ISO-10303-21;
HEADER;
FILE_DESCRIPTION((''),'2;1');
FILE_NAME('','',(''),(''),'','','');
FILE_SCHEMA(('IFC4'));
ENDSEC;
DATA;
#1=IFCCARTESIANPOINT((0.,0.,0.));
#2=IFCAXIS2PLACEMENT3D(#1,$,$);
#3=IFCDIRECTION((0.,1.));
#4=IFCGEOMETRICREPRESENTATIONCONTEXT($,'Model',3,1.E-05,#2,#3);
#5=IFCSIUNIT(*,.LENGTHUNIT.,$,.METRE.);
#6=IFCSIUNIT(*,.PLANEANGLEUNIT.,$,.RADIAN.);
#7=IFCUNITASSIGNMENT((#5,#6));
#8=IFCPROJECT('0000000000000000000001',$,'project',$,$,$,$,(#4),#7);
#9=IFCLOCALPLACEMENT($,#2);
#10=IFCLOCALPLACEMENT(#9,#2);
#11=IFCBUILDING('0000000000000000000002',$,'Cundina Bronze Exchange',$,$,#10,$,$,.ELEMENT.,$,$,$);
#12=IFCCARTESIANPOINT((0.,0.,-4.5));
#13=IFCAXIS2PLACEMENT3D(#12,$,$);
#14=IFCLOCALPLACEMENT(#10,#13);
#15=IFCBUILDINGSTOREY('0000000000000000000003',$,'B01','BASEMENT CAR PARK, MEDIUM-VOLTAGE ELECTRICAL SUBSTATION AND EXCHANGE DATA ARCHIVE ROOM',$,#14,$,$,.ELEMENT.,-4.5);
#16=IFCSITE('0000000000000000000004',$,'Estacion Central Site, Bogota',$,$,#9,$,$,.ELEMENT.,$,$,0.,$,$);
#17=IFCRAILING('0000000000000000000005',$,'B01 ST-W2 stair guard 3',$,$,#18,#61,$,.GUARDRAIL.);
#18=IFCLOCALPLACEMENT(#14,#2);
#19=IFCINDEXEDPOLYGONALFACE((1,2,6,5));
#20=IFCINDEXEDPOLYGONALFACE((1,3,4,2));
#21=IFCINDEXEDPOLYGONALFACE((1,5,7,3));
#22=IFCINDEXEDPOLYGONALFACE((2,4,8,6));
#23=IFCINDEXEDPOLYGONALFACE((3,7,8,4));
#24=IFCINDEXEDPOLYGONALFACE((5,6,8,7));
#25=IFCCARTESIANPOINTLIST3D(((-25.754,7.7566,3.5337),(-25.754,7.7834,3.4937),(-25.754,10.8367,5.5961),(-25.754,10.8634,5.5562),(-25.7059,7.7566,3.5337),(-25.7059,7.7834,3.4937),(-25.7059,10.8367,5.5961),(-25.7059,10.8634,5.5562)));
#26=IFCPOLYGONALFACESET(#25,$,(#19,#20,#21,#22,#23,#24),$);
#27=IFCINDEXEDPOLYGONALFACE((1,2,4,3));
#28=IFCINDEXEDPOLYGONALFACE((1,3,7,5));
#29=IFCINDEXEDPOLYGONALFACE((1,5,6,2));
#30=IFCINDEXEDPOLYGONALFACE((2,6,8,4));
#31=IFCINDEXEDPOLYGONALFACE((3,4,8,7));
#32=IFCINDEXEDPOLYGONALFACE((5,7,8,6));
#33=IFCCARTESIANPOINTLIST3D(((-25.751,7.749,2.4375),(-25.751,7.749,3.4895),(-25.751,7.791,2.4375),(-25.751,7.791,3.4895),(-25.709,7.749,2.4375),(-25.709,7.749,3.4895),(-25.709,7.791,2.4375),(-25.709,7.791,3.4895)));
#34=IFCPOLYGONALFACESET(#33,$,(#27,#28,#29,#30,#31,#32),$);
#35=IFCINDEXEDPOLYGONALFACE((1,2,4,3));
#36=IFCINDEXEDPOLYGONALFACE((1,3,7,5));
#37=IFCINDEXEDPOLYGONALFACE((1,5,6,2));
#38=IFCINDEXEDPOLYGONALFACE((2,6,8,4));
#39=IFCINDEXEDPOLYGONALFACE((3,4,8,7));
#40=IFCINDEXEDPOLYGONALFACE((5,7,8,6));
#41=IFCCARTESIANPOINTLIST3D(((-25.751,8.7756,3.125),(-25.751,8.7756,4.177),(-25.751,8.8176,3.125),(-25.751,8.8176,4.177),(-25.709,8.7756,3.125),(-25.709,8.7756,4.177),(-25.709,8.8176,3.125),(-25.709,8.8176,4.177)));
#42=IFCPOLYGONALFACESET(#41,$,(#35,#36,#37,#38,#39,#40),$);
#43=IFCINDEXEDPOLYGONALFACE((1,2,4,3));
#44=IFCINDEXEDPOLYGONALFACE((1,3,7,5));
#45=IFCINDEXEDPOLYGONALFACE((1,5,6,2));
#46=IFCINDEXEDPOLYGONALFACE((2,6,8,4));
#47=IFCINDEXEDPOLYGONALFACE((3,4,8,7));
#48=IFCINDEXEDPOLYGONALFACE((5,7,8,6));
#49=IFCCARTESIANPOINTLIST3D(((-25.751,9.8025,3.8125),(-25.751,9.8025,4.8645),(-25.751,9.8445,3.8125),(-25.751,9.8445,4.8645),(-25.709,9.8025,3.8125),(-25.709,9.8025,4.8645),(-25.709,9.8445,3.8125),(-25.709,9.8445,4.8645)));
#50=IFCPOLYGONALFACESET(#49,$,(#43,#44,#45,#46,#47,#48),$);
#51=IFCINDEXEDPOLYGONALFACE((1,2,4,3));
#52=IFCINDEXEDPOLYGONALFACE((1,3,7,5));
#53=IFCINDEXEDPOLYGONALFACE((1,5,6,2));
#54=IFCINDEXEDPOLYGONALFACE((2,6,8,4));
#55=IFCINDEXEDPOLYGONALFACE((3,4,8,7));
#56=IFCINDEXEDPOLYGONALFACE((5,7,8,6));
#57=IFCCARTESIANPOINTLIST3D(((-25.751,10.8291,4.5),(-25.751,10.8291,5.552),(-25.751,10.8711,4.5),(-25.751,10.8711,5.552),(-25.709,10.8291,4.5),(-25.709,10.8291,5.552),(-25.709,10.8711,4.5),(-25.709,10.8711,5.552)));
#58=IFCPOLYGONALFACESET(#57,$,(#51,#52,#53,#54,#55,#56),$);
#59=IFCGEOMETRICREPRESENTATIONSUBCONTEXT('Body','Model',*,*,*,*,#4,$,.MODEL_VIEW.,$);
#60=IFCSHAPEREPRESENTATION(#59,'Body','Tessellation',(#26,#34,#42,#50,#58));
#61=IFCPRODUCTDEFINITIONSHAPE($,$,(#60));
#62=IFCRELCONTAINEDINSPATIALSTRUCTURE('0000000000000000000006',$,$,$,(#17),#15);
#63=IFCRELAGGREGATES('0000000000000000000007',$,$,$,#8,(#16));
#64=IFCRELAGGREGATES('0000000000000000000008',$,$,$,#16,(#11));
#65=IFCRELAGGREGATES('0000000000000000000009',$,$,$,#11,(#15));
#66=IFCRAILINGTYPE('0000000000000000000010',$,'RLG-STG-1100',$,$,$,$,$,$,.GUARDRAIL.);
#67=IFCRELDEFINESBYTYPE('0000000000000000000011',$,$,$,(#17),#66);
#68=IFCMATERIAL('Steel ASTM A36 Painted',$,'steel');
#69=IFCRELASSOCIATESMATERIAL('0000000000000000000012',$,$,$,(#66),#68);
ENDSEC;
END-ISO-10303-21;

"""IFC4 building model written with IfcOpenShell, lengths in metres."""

from ifc_helpers import new_model, si_unit, direction, frame, origin, origin_2d, place, context, subcontext, project, spatial, rectangle, extrude, material, type_object, element, save


model = new_model("IFC4")

# Units and contexts
model_context = context("Model", 3, precision=1e-05, world=origin(), true_north=direction((0.0, 1.0)))
body_context = subcontext(model_context, "Body", "Model", "MODEL_VIEW")
ifc_project = project(units=[si_unit("LENGTHUNIT", "METRE"), si_unit("PLANEANGLEUNIT", "RADIAN")], contexts=[model_context])

# Site, building, storey
site_placement = place(None, origin())
site = spatial("IfcSite", under=ifc_project, at=site_placement, Name="Estacion Central Site, Bogota", CompositionType="ELEMENT", RefElevation=0.0)
building_placement = place(site_placement, origin())
building = spatial("IfcBuilding", under=site, at=building_placement, Name="Cundina Bronze Exchange", CompositionType="ELEMENT")
storey_placement = place(building_placement, frame((0.0, 0.0, -4.5)))
storey = spatial("IfcBuildingStorey", under=building, at=storey_placement, Name="B01", Description="BASEMENT CAR PARK, MEDIUM-VOLTAGE ELECTRICAL SUBSTATION AND EXCHANGE DATA ARCHIVE ROOM", CompositionType="ELEMENT", Elevation=-4.5)

# Shared definitions
ifc_material_1 = material(Name="Steel ASTM A36 Painted", Category="steel")

# Railing
railing_type_1 = type_object("IfcRailingType", Name="RLG-STG-1100", PredefinedType="GUARDRAIL", material=ifc_material_1)
railing_1_placement = place(storey_placement, frame((-25.73, 7.77, 2.4375)))
element("IfcRailing", 1, at=railing_1_placement, inside=storey, type_object=railing_type_1, Name="B01 ST-W2 stair guard 3", PredefinedType="GUARDRAIL", context=body_context, shape_type="SweptSolid", body=[
    extrude(rectangle(XDim=0.0481, YDim=0.0481, at=origin_2d()), frame((0.0, 0.0, 1.0762), z_axis=(0.0, 0.830914, 0.556401), x_axis=(-1.0, 0.0, 0.0)), (0.0, 0.0, 1.0), 3.7068),
    extrude(rectangle(XDim=0.042, YDim=0.042, at=origin_2d()), origin(), (0.0, 0.0, 1.0), 1.052),
    extrude(rectangle(XDim=0.042, YDim=0.042, at=origin_2d()), frame((0.0, 1.0266, 0.6875)), (0.0, 0.0, 1.0), 1.052),
    extrude(rectangle(XDim=0.042, YDim=0.042, at=origin_2d()), frame((0.0, 2.0535, 1.375)), (0.0, 0.0, 1.0), 1.052),
    extrude(rectangle(XDim=0.042, YDim=0.042, at=origin_2d()), frame((0.0, 3.0801, 2.0625)), (0.0, 0.0, 1.0), 1.052),
])

save(model, "model.ifc")
